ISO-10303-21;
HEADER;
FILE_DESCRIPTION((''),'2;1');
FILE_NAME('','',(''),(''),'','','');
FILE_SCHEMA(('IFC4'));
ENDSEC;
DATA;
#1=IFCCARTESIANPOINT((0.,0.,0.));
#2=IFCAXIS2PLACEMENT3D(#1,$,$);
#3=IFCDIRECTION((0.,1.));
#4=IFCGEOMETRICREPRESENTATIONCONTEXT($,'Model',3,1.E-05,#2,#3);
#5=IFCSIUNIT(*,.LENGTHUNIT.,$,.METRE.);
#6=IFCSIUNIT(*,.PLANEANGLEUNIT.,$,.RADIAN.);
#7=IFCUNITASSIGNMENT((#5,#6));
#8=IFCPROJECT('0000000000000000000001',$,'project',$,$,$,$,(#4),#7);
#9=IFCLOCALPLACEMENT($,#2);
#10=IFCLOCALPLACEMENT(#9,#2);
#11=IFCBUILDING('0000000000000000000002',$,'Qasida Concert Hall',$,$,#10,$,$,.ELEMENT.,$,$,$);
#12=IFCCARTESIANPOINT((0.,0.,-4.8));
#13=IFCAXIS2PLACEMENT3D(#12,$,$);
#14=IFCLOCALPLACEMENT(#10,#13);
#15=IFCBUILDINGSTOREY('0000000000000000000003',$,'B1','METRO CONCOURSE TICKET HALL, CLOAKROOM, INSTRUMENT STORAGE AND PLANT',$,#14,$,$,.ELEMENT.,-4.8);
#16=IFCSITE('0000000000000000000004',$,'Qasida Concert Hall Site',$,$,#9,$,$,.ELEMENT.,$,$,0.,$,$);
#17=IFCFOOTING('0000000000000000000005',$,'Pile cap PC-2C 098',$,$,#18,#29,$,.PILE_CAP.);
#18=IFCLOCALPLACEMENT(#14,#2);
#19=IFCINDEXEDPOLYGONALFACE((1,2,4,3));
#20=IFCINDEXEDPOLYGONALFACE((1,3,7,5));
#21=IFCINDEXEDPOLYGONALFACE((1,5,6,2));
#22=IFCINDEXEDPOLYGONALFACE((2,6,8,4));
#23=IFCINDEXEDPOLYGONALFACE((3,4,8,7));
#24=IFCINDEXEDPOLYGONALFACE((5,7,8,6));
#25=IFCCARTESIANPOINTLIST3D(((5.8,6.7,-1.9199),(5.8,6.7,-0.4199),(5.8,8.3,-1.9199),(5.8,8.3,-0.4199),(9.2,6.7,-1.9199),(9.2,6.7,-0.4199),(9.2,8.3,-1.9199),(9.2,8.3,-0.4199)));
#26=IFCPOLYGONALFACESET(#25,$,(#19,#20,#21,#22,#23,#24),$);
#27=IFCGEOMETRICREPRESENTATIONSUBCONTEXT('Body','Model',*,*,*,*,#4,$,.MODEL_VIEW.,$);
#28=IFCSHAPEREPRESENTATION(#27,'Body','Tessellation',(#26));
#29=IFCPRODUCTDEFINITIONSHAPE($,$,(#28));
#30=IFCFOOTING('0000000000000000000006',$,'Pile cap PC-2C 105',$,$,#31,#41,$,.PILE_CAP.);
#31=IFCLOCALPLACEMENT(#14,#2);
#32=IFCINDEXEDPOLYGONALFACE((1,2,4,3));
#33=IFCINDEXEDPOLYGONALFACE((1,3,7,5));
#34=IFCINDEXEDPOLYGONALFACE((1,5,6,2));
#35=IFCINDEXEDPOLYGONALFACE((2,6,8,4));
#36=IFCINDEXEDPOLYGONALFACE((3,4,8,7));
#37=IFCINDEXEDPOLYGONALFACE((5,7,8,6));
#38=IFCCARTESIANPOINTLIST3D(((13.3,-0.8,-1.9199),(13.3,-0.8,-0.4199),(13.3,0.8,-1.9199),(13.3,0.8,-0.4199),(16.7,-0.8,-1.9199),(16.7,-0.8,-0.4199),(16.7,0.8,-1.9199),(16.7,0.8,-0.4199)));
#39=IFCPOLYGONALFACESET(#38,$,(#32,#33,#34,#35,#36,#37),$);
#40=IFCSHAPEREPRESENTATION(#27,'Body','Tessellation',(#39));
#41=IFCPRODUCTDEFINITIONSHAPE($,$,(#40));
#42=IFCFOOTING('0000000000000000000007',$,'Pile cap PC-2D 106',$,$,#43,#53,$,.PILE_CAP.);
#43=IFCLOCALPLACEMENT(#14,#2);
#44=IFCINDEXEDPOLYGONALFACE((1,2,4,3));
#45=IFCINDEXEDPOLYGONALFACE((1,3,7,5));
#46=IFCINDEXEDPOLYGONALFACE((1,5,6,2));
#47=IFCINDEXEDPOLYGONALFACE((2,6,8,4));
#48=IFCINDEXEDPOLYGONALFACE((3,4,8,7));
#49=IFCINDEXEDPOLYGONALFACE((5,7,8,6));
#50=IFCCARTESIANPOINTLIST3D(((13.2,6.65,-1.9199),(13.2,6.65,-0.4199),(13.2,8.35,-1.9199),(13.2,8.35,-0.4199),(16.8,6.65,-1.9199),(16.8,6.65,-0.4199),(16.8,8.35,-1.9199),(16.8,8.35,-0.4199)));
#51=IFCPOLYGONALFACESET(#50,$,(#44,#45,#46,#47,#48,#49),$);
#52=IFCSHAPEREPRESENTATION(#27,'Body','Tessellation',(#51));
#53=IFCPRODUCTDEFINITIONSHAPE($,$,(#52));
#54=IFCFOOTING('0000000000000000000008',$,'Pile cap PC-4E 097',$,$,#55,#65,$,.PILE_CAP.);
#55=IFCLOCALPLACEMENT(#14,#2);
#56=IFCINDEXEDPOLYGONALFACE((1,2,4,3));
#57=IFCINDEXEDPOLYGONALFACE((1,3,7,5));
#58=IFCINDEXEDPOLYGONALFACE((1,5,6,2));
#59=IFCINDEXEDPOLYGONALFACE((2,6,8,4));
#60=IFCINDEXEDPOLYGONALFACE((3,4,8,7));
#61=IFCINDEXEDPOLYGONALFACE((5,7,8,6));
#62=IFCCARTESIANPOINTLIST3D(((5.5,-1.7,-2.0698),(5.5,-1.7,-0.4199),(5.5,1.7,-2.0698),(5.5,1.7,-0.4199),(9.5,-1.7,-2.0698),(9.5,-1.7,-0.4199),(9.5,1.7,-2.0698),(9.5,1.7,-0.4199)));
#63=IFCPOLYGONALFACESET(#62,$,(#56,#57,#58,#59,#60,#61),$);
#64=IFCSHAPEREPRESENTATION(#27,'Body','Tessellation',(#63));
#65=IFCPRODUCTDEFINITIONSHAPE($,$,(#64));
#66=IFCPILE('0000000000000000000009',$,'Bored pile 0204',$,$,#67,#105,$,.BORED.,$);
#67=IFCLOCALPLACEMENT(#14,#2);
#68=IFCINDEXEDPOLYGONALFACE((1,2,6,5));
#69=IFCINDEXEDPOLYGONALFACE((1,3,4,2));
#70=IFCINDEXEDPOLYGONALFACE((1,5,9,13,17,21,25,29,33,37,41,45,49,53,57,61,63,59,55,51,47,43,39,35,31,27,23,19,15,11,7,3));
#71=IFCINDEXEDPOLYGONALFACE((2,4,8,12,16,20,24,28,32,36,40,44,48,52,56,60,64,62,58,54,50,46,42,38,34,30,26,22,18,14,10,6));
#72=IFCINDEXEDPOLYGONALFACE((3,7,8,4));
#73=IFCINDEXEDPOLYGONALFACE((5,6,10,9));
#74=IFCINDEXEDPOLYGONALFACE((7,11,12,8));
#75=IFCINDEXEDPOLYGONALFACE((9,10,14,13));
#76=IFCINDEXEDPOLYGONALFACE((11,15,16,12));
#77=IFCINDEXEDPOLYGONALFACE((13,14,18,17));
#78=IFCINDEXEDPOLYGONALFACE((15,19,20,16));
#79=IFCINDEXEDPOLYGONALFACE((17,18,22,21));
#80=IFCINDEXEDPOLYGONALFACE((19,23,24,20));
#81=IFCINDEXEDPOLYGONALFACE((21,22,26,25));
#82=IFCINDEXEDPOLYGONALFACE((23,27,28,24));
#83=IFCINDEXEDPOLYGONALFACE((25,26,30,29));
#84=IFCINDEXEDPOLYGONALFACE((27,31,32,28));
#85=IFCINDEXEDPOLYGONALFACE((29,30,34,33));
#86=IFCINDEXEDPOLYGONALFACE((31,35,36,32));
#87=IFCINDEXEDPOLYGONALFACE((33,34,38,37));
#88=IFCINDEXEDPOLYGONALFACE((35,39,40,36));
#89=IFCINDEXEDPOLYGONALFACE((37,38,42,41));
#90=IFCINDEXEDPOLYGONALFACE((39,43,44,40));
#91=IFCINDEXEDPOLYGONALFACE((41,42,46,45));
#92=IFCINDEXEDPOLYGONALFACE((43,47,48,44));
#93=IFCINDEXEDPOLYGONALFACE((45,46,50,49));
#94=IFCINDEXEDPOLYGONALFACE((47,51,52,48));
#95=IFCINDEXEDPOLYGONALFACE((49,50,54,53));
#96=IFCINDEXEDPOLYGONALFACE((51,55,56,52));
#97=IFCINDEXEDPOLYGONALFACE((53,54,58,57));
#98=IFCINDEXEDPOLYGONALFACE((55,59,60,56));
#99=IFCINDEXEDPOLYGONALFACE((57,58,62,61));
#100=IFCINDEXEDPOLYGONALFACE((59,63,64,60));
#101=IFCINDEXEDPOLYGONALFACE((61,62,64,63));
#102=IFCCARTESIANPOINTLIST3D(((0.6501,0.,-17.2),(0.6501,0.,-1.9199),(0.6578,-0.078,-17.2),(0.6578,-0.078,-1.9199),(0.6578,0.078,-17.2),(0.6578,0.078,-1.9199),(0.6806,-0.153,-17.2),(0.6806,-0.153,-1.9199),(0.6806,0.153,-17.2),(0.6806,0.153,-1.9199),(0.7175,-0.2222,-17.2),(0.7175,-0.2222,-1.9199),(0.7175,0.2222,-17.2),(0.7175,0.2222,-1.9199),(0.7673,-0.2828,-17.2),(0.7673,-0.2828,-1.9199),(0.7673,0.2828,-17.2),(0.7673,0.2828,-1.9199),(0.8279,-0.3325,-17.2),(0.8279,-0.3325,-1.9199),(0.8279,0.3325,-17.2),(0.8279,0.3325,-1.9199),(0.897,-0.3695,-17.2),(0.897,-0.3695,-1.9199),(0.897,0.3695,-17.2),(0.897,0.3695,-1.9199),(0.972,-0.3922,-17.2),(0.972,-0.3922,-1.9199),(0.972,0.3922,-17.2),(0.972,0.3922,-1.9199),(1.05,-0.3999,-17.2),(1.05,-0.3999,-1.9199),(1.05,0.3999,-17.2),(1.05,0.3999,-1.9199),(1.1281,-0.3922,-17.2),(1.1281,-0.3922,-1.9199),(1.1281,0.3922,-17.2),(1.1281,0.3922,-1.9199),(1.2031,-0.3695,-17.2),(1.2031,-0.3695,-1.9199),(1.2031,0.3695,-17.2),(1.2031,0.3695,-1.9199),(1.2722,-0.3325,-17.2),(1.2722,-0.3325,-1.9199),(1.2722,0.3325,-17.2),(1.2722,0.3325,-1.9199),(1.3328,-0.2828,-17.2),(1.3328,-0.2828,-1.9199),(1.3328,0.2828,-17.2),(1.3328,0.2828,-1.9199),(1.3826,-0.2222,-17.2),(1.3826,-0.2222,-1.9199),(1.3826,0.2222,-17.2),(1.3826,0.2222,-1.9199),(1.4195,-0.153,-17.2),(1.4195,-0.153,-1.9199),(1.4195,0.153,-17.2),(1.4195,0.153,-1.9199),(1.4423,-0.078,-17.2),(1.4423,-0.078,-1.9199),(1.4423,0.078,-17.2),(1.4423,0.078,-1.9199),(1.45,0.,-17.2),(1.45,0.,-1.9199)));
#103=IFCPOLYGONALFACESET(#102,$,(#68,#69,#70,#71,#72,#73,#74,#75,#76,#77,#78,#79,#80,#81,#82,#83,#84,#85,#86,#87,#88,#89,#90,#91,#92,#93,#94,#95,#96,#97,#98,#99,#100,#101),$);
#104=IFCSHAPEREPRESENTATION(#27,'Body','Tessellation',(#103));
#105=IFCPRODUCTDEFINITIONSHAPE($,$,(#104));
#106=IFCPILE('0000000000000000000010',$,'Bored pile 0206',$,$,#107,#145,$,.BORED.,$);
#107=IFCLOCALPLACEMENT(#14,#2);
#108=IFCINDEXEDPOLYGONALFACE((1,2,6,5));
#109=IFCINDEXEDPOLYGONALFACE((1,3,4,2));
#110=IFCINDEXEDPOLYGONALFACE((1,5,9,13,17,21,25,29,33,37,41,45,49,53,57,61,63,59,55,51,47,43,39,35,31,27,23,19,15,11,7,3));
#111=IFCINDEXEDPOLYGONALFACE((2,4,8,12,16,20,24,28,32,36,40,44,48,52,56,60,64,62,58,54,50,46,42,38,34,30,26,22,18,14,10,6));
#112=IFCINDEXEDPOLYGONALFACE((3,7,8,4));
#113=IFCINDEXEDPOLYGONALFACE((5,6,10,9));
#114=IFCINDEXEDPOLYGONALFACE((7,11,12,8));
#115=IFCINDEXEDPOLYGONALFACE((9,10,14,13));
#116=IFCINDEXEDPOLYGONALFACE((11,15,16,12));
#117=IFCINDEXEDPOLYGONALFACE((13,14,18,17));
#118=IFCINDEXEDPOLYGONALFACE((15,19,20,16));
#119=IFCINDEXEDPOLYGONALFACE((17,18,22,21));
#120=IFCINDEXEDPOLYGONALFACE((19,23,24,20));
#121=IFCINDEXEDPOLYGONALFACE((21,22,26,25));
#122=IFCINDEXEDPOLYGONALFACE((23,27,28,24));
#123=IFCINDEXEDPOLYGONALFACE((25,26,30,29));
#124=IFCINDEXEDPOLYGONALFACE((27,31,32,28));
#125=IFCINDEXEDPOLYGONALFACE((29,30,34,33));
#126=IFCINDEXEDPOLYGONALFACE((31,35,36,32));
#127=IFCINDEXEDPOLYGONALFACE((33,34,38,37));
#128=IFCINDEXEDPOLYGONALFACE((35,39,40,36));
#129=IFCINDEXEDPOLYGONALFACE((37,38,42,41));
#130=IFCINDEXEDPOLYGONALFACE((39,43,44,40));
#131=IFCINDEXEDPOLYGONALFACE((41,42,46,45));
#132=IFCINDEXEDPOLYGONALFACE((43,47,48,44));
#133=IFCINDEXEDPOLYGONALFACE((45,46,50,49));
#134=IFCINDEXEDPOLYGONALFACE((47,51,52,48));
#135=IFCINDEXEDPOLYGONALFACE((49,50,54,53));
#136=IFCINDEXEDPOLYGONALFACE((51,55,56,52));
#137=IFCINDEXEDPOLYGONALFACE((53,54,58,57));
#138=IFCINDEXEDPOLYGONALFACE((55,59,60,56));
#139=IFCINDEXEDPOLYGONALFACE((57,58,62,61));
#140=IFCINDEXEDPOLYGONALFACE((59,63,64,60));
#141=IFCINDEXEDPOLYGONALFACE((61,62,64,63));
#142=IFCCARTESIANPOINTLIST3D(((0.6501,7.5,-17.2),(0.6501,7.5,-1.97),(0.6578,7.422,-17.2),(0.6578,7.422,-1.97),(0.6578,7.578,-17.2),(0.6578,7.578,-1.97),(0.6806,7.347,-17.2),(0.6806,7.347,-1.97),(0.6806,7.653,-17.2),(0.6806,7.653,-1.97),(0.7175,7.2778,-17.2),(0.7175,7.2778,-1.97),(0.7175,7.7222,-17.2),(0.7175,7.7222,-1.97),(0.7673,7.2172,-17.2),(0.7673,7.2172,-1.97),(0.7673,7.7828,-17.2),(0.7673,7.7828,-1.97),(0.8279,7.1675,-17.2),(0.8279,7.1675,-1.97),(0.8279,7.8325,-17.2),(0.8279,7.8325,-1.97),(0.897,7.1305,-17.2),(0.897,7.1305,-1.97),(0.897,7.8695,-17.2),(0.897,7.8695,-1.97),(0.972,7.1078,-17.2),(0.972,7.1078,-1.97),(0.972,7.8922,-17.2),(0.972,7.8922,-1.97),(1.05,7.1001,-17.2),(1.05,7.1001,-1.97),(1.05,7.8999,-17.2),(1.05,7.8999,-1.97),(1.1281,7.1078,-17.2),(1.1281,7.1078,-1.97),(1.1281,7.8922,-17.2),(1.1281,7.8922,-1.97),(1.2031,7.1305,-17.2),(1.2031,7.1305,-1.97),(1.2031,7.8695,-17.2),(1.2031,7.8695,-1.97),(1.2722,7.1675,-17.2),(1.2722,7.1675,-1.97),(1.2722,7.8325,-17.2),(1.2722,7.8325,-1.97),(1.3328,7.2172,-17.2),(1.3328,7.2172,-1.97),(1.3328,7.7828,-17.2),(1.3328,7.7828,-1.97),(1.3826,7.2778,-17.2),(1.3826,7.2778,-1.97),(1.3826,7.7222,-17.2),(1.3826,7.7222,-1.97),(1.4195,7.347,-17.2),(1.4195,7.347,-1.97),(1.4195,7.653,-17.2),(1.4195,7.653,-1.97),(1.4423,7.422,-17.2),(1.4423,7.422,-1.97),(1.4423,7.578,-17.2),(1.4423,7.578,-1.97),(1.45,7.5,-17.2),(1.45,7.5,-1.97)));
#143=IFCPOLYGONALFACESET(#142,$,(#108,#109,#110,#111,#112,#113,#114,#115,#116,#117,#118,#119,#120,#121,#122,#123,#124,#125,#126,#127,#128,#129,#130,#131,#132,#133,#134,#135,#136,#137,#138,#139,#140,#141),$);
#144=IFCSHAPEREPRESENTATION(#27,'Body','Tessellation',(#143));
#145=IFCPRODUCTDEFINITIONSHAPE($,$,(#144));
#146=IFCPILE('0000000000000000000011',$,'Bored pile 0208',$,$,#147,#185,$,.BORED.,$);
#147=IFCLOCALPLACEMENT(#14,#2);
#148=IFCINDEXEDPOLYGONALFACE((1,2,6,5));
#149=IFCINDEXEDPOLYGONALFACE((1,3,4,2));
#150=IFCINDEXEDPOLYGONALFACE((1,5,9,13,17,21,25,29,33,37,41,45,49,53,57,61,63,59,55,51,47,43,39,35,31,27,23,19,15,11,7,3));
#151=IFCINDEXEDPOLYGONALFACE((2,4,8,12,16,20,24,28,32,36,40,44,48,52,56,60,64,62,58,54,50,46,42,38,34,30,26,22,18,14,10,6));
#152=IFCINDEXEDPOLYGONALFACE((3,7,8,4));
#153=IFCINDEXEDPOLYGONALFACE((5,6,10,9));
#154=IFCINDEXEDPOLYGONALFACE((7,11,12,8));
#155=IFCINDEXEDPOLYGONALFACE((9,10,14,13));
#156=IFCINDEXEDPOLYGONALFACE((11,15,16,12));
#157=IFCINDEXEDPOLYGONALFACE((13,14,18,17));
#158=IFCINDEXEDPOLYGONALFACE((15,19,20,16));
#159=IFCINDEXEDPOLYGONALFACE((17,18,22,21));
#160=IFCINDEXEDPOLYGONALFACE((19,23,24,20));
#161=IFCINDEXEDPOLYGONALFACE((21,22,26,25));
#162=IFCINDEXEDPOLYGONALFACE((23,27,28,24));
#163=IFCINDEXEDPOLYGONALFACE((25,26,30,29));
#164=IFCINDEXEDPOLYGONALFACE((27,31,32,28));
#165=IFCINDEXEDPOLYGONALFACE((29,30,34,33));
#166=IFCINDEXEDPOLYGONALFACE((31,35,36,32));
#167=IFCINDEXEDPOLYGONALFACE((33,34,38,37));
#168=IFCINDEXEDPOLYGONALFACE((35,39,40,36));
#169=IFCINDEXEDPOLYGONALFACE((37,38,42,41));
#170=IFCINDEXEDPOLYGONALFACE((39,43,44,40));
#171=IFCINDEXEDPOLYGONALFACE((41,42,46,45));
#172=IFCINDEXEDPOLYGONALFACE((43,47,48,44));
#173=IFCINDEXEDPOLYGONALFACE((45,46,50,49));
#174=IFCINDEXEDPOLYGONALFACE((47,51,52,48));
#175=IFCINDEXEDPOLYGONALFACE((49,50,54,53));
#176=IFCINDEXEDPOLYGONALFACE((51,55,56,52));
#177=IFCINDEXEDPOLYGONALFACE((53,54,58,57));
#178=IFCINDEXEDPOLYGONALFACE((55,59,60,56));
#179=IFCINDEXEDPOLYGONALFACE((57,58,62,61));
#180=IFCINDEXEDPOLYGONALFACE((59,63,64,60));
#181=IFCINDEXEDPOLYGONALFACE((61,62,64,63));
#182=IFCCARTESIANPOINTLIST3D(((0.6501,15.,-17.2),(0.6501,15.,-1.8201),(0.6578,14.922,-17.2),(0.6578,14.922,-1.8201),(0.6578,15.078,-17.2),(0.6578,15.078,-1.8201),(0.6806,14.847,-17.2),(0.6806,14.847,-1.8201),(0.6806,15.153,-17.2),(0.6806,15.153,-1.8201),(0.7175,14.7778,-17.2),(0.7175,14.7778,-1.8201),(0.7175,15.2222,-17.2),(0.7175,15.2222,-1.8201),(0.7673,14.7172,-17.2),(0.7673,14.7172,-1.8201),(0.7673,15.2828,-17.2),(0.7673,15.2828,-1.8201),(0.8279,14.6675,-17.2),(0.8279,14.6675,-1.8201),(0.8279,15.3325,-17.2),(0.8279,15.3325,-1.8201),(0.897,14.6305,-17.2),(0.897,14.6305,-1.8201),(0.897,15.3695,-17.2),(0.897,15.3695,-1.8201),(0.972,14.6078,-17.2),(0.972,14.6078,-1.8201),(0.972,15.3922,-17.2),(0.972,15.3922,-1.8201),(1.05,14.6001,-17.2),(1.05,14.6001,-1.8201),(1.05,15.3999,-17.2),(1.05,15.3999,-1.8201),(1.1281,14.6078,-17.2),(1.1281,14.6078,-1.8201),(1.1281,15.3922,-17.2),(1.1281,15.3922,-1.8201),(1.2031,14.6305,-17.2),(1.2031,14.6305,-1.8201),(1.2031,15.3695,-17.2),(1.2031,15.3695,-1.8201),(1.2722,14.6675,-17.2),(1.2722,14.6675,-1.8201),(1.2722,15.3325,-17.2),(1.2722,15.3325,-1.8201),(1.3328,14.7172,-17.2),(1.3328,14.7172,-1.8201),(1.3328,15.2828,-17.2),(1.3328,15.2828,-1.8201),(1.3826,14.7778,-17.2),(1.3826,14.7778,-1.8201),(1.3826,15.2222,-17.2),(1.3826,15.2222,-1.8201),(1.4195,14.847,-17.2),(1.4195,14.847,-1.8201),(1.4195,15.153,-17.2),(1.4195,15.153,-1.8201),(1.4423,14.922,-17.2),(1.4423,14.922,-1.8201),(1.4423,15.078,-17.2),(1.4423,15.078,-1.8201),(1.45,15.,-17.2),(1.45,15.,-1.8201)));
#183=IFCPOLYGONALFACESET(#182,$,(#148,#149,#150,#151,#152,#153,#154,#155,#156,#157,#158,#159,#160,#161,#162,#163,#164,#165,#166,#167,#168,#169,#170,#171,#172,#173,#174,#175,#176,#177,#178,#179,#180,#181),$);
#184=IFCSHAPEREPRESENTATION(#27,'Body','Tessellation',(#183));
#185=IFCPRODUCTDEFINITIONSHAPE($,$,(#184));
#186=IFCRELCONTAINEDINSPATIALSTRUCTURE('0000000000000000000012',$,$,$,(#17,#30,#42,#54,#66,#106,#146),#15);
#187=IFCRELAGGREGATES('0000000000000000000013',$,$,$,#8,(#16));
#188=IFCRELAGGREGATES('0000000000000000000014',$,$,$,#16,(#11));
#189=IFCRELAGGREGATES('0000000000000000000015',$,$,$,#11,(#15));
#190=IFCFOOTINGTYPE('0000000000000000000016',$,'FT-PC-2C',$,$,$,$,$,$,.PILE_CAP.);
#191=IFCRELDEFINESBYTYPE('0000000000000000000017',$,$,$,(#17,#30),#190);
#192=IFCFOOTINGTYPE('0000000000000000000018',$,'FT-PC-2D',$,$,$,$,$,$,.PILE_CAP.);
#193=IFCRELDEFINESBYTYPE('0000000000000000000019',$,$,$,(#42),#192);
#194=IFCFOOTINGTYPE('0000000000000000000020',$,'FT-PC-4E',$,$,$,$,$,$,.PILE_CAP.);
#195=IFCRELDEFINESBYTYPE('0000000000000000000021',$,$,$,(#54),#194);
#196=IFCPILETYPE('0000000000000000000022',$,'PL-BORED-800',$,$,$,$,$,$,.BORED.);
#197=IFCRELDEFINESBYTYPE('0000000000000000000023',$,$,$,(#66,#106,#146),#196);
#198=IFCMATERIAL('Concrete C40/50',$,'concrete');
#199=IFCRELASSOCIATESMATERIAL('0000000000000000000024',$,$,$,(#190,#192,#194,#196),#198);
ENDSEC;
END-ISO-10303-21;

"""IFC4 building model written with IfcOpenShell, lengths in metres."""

from ifc_helpers import new_model, si_unit, direction, frame, origin, origin_2d, place, context, subcontext, project, spatial, rectangle, circle, extrude, material, material_profile, profile_set, type_object, element, save


model = new_model("IFC4")

# Units and contexts
model_context = context("Model", 3, precision=1e-05, world=origin(), true_north=direction((0.0, 1.0)))
body_context = subcontext(model_context, "Body", "Model", "MODEL_VIEW")
ifc_project = project(units=[si_unit("LENGTHUNIT", "METRE"), si_unit("PLANEANGLEUNIT", "RADIAN")], contexts=[model_context])

# Site, building, storey
site_placement = place(None, origin())
site = spatial("IfcSite", under=ifc_project, at=site_placement, Name="Qasida Concert Hall Site", CompositionType="ELEMENT", RefElevation=0.0)
building_placement = place(site_placement, origin())
building = spatial("IfcBuilding", under=site, at=building_placement, Name="Qasida Concert Hall", CompositionType="ELEMENT")
storey_placement = place(building_placement, frame((0.0, 0.0, -4.8)))
storey = spatial("IfcBuildingStorey", under=building, at=storey_placement, Name="B1", Description="METRO CONCOURSE TICKET HALL, CLOAKROOM, INSTRUMENT STORAGE AND PLANT", CompositionType="ELEMENT", Elevation=-4.8)

# Footings
ifc_material_1 = material(Name="Concrete C40/50", Category="concrete")
footing_type_1 = type_object("IfcFootingType", Name="FT-PC-2C", PredefinedType="PILE_CAP", material=ifc_material_1)
for number, where, z_axis, x_axis, name in (
    (1, (7.5, 7.5, -1.9199), (0.0, 0.0, 1.0), (1.0, 0.0, 0.0), "Pile cap PC-2C 098"),
    (2, (15.0, 0.0, -1.9199), (0.0, 0.0, 1.0), (1.0, 0.0, 0.0), "Pile cap PC-2C 105"),
):
    element("IfcFooting", number, at=place(storey_placement, frame(where, z_axis=z_axis, x_axis=x_axis)), inside=storey, type_object=footing_type_1, Name=name, PredefinedType="PILE_CAP", context=body_context, shape_type="SweptSolid", body=[
        extrude(rectangle(XDim=3.3999, YDim=1.6001, at=origin_2d()), origin(), (0.0, 0.0, 1.0), 1.5),
    ])
footing_type_2 = type_object("IfcFootingType", Name="FT-PC-2D", PredefinedType="PILE_CAP", material=ifc_material_1)
footing_1_placement = place(storey_placement, frame((15.0, 7.5, -1.9199), z_axis=(0.0, 0.0, 1.0), x_axis=(1.0, 0.0, 0.0)))
element("IfcFooting", 3, at=footing_1_placement, inside=storey, type_object=footing_type_2, Name="Pile cap PC-2D 106", PredefinedType="PILE_CAP", context=body_context, shape_type="SweptSolid", body=[
    extrude(rectangle(XDim=3.6001, YDim=1.7, at=origin_2d()), origin(), (0.0, 0.0, 1.0), 1.5),
])
footing_type_3 = type_object("IfcFootingType", Name="FT-PC-4E", PredefinedType="PILE_CAP", material=ifc_material_1)
footing_2_placement = place(storey_placement, frame((7.5, 0.0, -2.0698), z_axis=(0.0, 0.0, 1.0), x_axis=(1.0, 0.0, 0.0)))
element("IfcFooting", 4, at=footing_2_placement, inside=storey, type_object=footing_type_3, Name="Pile cap PC-4E 097", PredefinedType="PILE_CAP", context=body_context, shape_type="SweptSolid", body=[
    extrude(rectangle(XDim=4.0, YDim=3.3999, at=origin_2d()), origin(), (0.0, 0.0, 1.0), 1.6499),
])

# Piles
ifc_material_profile_1 = material_profile(ifc_material_1, circle(Radius=0.3999, at=origin_2d()), Name="BORED PILE D800")
ifc_profile_set_1 = profile_set([ifc_material_profile_1], Name="Concrete C40/50")
pile_type = type_object("IfcPileType", Name="PL-BORED-800", PredefinedType="BORED", material=ifc_profile_set_1)
pile_1_placement = place(storey_placement, frame((1.05, 0.0, -1.9199), z_axis=(0.0, 0.0, -1.0), x_axis=(1.0, 0.0, 0.0)))
element("IfcPile", 5, at=pile_1_placement, inside=storey, type_object=pile_type, Name="Bored pile 0204", PredefinedType="BORED", context=body_context, shape_type="SweptSolid", body=[
    extrude(circle(Radius=0.3999, at=origin_2d()), origin(), (0.0, 0.0, 1.0), 15.28),
])
pile_2_placement = place(storey_placement, frame((1.05, 7.5, -1.97), z_axis=(0.0, 0.0, -1.0), x_axis=(1.0, 0.0, 0.0)))
element("IfcPile", 6, at=pile_2_placement, inside=storey, type_object=pile_type, Name="Bored pile 0206", PredefinedType="BORED", context=body_context, shape_type="SweptSolid", body=[
    extrude(circle(Radius=0.3999, at=origin_2d()), origin(), (0.0, 0.0, 1.0), 15.23),
])
pile_3_placement = place(storey_placement, frame((1.05, 15.0, -1.8201), z_axis=(0.0, 0.0, -1.0), x_axis=(1.0, 0.0, 0.0)))
element("IfcPile", 7, at=pile_3_placement, inside=storey, type_object=pile_type, Name="Bored pile 0208", PredefinedType="BORED", context=body_context, shape_type="SweptSolid", body=[
    extrude(circle(Radius=0.3999, at=origin_2d()), origin(), (0.0, 0.0, 1.0), 15.3799),
])

save(model, "model.ifc")
